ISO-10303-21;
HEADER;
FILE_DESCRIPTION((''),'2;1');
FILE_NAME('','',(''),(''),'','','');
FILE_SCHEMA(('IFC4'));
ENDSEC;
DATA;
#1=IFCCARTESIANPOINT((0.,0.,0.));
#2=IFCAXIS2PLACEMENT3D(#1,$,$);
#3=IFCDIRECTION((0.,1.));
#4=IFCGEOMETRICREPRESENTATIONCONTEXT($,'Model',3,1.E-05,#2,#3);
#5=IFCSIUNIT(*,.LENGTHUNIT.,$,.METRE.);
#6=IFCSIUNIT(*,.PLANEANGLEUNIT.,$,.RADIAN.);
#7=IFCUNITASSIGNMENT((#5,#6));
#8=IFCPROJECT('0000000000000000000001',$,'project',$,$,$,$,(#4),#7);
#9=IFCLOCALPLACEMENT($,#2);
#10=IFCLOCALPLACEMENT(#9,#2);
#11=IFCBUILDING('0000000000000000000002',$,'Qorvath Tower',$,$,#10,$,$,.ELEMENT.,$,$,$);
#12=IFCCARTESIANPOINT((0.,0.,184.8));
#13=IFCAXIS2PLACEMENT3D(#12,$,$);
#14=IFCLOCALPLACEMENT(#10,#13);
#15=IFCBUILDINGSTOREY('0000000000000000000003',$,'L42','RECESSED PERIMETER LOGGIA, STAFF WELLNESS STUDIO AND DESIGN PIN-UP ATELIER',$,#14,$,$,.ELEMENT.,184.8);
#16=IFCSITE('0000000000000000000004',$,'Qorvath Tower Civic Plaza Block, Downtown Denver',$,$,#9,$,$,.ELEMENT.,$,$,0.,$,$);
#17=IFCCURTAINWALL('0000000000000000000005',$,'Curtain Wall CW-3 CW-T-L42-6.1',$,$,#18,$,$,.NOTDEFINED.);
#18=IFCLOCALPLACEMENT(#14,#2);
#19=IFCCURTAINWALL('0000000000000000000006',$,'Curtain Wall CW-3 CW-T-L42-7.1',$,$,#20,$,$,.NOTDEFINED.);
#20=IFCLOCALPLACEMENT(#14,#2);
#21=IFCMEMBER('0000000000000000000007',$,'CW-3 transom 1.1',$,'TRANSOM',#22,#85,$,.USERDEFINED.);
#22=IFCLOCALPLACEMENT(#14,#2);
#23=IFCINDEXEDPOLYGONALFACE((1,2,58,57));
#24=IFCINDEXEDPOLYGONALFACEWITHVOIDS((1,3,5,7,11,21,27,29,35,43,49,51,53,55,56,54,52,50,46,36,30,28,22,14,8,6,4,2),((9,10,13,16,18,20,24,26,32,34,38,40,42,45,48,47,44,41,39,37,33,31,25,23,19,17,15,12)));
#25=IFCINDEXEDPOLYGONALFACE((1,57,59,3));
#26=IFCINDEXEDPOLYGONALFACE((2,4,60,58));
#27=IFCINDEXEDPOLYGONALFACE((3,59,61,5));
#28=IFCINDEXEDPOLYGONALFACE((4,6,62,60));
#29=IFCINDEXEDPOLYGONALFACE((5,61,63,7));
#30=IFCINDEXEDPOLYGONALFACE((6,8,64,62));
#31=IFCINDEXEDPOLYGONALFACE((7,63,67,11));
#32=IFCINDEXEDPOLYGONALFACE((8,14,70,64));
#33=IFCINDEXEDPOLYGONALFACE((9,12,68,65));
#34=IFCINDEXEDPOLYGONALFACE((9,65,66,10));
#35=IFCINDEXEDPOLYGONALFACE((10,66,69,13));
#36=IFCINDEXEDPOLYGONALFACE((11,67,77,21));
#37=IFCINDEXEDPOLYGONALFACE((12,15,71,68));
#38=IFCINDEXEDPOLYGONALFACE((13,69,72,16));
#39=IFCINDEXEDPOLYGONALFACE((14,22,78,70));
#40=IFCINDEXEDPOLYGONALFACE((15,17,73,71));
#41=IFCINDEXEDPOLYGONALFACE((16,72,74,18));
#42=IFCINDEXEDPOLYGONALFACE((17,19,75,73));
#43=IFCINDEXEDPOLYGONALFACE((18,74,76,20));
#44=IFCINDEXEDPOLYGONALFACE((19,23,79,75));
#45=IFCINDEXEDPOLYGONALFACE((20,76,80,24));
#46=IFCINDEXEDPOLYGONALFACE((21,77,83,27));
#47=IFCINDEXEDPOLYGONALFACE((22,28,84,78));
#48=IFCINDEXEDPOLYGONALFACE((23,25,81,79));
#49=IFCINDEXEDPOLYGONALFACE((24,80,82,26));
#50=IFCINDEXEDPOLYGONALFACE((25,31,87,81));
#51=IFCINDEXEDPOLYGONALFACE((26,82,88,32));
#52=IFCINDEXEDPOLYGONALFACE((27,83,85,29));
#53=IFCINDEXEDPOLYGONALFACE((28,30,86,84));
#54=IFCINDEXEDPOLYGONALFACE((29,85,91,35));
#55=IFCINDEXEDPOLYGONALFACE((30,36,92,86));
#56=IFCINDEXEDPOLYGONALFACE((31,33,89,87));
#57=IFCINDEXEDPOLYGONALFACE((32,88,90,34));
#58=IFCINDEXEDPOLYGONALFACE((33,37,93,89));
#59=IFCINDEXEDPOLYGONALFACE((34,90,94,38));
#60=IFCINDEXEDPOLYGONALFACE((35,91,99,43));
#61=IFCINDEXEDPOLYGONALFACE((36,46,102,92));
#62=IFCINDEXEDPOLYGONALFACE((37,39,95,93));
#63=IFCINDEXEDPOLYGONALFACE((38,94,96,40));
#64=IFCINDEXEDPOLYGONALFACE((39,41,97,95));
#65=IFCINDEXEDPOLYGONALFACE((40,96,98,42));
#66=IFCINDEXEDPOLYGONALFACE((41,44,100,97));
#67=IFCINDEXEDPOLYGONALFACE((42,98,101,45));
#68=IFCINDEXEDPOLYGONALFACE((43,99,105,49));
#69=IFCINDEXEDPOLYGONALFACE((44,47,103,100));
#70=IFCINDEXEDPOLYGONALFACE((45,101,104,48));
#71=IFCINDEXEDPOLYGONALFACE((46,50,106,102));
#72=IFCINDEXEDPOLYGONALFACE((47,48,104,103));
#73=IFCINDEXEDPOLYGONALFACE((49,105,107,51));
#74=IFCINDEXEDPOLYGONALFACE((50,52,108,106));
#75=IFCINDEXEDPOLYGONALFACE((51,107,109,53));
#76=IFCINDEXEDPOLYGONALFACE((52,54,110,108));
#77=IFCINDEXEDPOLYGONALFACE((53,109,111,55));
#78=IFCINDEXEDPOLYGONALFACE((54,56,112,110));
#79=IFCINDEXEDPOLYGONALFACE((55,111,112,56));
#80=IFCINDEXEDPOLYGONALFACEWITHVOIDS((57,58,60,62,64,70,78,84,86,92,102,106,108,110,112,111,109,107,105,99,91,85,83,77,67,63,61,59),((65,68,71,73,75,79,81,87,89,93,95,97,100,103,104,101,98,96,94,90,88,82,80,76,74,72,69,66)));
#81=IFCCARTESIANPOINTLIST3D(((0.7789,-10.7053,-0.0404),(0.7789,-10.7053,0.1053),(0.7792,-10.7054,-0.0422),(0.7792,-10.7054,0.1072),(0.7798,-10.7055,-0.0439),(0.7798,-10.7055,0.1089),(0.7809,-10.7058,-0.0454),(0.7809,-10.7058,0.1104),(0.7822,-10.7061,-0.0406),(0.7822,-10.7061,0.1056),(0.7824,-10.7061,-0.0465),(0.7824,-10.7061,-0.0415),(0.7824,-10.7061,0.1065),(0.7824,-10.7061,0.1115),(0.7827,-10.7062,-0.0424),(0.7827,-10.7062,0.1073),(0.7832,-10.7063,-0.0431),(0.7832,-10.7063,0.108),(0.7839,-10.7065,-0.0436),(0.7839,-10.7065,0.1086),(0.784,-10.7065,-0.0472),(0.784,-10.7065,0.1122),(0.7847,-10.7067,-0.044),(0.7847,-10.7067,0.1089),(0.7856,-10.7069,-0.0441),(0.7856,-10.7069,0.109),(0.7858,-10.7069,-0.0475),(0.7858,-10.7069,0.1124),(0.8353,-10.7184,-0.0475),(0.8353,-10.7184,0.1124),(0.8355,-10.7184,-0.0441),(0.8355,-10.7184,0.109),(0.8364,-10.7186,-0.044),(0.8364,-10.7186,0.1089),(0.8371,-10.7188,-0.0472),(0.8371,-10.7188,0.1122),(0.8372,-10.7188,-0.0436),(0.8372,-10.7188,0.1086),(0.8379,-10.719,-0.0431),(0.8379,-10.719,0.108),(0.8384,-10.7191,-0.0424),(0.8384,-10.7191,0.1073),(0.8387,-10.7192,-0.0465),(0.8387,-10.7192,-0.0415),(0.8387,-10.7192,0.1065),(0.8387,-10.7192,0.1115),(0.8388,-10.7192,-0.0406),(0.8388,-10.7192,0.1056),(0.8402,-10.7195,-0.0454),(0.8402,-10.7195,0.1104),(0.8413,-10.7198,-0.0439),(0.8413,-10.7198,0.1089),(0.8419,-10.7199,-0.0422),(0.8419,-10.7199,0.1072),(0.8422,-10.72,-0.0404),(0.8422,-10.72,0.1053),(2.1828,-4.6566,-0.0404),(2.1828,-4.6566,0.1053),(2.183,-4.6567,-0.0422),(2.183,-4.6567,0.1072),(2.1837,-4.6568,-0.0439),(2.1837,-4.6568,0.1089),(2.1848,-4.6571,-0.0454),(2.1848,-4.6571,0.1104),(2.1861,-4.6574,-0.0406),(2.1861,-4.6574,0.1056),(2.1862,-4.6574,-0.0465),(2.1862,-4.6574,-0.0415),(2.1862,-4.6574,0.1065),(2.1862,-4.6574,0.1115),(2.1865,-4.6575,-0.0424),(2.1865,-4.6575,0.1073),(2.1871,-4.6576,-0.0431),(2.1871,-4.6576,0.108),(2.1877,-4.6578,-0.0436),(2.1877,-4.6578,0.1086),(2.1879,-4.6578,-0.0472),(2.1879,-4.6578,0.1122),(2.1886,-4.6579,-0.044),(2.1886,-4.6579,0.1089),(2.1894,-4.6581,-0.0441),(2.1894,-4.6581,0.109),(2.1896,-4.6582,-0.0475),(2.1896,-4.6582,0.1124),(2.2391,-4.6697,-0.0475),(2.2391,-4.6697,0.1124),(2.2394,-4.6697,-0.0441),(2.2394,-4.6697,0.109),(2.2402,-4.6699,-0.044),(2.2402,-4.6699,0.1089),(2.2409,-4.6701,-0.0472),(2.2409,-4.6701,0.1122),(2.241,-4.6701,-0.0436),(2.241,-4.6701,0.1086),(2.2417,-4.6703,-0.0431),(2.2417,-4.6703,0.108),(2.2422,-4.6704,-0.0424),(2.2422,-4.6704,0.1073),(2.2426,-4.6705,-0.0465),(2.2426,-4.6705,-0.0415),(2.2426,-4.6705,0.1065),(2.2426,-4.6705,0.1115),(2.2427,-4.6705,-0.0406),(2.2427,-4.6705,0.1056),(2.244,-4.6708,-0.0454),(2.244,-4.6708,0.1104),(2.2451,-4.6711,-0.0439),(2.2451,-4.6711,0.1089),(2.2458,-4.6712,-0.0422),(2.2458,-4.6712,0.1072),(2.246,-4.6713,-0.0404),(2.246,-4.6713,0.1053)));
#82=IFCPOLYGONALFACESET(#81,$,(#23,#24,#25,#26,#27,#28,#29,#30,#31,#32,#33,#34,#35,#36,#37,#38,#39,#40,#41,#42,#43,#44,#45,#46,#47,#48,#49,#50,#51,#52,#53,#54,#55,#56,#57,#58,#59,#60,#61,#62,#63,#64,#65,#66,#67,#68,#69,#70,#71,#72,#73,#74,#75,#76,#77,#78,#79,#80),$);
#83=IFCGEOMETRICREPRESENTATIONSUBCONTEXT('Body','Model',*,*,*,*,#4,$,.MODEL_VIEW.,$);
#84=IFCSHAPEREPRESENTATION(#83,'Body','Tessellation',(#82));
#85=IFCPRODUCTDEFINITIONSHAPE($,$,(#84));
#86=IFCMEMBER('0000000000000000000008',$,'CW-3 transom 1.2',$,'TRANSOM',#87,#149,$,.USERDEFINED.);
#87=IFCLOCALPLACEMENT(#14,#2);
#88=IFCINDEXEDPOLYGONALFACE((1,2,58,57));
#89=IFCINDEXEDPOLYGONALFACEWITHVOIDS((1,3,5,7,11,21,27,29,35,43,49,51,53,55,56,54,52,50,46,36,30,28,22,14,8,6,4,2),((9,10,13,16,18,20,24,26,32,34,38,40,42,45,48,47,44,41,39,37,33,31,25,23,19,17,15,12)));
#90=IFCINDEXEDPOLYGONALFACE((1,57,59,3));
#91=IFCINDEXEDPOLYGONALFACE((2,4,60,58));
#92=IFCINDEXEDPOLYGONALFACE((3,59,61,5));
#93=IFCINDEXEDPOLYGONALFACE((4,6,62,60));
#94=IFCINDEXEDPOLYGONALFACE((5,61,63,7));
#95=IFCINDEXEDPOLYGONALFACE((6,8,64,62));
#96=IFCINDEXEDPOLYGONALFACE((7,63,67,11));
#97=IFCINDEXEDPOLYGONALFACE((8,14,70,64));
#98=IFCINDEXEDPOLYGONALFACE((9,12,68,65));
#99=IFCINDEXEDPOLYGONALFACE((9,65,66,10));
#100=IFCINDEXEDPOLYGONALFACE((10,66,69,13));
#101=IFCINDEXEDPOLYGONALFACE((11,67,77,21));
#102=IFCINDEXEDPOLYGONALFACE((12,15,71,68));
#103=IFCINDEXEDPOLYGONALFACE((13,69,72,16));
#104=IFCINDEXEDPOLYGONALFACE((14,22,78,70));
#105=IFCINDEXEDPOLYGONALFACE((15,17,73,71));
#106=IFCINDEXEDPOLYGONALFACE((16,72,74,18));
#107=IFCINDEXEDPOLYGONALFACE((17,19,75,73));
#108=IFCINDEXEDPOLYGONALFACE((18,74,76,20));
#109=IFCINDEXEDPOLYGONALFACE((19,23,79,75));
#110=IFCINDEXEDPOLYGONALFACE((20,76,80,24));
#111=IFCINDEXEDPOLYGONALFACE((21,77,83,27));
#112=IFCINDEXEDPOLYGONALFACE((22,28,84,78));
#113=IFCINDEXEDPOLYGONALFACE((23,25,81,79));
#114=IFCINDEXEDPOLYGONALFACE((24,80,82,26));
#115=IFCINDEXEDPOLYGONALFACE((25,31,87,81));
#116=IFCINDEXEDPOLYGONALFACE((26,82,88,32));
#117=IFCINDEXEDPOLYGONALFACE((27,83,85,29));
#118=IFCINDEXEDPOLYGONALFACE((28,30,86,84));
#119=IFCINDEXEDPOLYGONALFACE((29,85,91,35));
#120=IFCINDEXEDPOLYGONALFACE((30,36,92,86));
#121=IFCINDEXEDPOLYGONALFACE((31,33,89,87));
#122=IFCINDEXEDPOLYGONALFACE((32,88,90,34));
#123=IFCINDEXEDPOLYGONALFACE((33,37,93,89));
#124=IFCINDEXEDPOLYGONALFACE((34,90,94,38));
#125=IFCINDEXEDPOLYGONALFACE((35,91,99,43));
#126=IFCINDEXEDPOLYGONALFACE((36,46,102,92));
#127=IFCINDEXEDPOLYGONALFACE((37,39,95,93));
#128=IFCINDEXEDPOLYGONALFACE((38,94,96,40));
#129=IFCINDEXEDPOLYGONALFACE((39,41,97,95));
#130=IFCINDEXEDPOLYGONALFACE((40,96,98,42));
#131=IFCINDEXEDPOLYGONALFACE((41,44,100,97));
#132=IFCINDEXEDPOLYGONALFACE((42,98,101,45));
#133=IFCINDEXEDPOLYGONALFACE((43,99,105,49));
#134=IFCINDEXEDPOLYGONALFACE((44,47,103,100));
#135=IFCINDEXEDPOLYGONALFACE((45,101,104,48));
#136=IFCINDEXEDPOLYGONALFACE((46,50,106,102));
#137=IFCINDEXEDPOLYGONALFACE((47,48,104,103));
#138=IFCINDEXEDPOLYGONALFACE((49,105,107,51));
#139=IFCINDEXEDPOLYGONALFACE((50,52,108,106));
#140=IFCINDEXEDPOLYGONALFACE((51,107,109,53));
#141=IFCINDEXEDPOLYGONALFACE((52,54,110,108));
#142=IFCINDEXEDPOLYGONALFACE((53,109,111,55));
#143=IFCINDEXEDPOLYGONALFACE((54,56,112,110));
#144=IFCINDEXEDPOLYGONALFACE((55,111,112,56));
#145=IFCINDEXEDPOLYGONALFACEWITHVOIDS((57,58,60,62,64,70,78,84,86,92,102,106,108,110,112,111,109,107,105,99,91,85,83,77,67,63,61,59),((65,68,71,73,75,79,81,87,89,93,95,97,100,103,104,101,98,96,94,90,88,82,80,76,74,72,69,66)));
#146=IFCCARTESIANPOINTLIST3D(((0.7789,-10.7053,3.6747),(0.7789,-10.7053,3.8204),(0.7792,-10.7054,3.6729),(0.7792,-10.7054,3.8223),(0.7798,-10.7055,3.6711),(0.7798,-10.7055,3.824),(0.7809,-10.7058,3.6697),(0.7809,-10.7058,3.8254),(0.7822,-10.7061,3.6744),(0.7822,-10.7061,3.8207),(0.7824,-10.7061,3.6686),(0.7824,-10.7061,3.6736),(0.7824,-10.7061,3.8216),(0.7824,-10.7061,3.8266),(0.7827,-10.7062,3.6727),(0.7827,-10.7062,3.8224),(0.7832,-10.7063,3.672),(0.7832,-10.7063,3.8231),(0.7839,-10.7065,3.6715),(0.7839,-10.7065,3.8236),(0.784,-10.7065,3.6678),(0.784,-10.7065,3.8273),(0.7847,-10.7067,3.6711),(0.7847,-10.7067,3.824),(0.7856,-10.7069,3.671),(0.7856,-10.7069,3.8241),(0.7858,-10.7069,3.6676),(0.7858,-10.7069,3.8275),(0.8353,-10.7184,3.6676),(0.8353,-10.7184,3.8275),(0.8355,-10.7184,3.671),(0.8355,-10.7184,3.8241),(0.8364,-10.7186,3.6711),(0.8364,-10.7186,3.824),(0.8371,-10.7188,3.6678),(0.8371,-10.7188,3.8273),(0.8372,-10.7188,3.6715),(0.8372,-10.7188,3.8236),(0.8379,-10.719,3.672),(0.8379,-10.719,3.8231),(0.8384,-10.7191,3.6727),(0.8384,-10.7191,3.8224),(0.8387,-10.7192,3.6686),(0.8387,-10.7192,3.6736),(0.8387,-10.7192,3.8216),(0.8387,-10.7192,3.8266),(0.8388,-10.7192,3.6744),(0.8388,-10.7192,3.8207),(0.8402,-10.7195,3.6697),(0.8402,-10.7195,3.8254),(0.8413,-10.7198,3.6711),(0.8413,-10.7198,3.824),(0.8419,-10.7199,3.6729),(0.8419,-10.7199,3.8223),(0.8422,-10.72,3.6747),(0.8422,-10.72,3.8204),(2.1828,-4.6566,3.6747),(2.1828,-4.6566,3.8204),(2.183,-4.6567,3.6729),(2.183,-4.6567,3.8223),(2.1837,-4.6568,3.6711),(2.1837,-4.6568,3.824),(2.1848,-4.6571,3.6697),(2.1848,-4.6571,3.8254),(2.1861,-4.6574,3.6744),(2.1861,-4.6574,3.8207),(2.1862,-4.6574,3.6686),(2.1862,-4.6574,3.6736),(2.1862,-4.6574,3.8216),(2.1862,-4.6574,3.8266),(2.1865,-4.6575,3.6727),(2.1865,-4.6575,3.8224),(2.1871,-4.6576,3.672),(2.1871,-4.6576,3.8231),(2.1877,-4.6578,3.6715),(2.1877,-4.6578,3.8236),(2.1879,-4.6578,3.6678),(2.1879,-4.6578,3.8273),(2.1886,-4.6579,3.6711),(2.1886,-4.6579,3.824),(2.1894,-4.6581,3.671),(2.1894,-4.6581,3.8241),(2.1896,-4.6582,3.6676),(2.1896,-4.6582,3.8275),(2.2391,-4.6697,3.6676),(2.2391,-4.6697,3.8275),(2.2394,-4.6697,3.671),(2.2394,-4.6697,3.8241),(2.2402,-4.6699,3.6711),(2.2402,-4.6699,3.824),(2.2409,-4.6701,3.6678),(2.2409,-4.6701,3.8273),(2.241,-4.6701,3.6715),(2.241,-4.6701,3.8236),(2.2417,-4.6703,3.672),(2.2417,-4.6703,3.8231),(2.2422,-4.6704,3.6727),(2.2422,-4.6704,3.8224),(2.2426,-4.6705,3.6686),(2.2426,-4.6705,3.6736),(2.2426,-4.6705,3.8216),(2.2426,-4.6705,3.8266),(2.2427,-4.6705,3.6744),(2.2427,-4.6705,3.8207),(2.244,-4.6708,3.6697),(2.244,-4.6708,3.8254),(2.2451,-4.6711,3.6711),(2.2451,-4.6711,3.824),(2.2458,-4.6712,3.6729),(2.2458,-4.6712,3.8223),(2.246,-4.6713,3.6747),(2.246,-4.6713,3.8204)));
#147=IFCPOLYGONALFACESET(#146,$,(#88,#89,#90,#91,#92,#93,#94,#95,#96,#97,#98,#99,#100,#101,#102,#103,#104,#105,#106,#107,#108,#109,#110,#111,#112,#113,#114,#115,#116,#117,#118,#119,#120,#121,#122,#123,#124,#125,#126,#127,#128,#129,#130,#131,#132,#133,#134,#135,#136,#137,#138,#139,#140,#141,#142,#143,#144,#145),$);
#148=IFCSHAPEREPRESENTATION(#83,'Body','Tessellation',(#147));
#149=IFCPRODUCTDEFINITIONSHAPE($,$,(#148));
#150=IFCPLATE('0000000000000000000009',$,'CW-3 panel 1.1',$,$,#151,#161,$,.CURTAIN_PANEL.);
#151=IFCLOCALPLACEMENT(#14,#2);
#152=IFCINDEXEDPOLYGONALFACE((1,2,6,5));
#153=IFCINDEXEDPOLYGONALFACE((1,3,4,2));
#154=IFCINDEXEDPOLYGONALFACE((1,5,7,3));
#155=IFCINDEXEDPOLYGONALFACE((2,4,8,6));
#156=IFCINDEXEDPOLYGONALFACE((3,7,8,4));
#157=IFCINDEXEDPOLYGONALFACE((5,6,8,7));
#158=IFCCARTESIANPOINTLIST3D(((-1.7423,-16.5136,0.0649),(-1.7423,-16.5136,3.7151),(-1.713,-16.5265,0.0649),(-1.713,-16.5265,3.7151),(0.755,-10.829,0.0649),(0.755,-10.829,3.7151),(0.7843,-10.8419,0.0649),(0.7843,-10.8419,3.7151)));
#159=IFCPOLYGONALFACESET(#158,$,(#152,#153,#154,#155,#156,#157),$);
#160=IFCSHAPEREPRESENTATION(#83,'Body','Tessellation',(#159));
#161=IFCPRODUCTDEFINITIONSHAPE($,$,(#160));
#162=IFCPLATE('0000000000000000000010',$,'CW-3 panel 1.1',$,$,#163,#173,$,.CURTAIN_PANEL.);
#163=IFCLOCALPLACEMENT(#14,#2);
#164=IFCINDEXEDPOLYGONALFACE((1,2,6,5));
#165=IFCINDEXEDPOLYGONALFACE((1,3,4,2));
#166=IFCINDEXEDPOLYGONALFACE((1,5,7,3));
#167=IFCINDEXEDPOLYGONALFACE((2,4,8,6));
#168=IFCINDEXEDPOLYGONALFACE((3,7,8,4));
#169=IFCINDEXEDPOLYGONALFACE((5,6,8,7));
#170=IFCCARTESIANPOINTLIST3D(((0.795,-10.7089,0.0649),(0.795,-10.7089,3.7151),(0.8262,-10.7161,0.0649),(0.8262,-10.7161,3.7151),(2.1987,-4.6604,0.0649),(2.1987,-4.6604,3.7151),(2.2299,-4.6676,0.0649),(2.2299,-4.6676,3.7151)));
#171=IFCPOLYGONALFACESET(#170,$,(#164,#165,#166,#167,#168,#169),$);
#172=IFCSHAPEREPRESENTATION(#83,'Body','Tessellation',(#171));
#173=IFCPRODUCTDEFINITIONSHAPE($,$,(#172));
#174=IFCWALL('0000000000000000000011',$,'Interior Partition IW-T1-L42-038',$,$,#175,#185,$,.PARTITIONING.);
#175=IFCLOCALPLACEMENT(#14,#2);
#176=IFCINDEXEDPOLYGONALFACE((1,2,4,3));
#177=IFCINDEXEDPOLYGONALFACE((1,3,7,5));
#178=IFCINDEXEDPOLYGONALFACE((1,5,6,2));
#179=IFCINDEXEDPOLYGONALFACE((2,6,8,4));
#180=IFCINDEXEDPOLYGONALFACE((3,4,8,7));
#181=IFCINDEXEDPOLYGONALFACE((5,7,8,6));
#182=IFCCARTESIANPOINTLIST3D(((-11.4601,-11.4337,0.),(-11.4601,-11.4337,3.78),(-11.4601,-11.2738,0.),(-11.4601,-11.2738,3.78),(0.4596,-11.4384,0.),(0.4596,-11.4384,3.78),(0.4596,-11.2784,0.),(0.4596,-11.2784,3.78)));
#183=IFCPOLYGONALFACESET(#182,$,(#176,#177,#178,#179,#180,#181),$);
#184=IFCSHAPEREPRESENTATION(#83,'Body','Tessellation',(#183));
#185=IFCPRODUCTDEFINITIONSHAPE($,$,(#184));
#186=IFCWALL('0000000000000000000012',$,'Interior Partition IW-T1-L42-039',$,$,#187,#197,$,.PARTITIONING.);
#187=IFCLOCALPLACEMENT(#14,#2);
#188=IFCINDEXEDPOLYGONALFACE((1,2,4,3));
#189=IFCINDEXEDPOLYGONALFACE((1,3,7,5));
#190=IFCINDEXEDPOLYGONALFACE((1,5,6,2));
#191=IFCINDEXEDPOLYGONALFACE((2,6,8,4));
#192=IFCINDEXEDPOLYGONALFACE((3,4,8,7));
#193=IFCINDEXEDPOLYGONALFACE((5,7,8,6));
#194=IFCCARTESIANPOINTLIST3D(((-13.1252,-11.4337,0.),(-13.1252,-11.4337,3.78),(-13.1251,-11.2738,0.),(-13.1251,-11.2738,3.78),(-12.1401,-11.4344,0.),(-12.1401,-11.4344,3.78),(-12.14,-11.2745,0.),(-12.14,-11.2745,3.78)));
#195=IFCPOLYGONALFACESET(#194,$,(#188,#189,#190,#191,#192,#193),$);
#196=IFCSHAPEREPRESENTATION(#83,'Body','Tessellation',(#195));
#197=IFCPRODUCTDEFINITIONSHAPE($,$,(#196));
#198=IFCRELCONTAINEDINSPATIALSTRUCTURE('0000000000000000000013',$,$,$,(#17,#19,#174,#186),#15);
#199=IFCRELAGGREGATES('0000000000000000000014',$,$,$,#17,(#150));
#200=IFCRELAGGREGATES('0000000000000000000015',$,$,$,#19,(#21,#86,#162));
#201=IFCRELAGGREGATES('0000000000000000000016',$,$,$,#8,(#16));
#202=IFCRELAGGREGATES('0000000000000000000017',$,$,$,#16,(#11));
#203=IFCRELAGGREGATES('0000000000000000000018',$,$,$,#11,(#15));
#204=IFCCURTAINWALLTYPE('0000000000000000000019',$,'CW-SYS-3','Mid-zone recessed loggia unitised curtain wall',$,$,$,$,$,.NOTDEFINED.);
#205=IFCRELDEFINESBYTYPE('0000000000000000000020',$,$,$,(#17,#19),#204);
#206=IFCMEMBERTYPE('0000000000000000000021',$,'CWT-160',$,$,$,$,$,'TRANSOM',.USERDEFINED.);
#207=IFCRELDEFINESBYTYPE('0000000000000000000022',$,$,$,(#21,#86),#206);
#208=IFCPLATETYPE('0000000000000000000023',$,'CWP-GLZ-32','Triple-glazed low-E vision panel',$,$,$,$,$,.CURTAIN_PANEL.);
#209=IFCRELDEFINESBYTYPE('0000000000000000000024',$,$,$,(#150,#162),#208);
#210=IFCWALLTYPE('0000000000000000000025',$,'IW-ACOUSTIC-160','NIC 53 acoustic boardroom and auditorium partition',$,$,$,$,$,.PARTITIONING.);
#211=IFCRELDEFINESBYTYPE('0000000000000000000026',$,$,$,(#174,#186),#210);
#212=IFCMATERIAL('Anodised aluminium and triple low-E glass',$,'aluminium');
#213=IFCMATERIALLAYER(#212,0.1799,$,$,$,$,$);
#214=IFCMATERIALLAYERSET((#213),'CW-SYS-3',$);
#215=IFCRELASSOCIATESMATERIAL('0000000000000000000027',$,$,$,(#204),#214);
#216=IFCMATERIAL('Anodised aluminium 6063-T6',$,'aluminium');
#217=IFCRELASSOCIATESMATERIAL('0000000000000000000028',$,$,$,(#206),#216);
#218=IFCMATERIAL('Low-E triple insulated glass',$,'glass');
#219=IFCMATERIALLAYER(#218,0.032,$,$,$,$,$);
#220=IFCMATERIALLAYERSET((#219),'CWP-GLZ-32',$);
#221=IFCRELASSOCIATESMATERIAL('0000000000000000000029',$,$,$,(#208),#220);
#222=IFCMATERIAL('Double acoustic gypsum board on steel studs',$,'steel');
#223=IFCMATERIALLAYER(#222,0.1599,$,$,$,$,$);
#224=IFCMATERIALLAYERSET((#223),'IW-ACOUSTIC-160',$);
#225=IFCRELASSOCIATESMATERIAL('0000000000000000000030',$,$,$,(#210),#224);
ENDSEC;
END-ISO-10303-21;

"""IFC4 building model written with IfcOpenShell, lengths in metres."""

from ifc_helpers import new_model, si_unit, direction, frame, frame_2d, origin, origin_2d, place, context, subcontext, project, spatial, rectangle, hollow_rectangle, extrude, material, layer, layer_set, material_profile, profile_set, type_object, element, aggregate, save


model = new_model("IFC4")

# Units and contexts
model_context = context("Model", 3, precision=1e-05, world=origin(), true_north=direction((0.0, 1.0)))
body_context = subcontext(model_context, "Body", "Model", "MODEL_VIEW")
ifc_project = project(units=[si_unit("LENGTHUNIT", "METRE"), si_unit("PLANEANGLEUNIT", "RADIAN")], contexts=[model_context])

# Site, building, storey
site_placement = place(None, origin())
site = spatial("IfcSite", under=ifc_project, at=site_placement, Name="Qorvath Tower Civic Plaza Block, Downtown Denver", CompositionType="ELEMENT", RefElevation=0.0)
building_placement = place(site_placement, origin())
building = spatial("IfcBuilding", under=site, at=building_placement, Name="Qorvath Tower", CompositionType="ELEMENT")
storey_placement = place(building_placement, frame((0.0, 0.0, 184.8)))
storey = spatial("IfcBuildingStorey", under=building, at=storey_placement, Name="L42", Description="RECESSED PERIMETER LOGGIA, STAFF WELLNESS STUDIO AND DESIGN PIN-UP ATELIER", CompositionType="ELEMENT", Elevation=184.8)

# Curtain wall
ifc_material_1 = material(Name="Anodised aluminium and triple low-E glass", Category="aluminium")
ifc_layer_1 = layer(ifc_material_1, 0.1799)
ifc_layer_set_1 = layer_set([ifc_layer_1], Name="CW-SYS-3")
curtain_wall_type = type_object("IfcCurtainWallType", Name="CW-SYS-3", Description="Mid-zone recessed loggia unitised curtain wall", PredefinedType="NOTDEFINED", material=ifc_layer_set_1)
curtain_wall_1_placement = place(storey_placement, origin())
curtain_wall_1 = element("IfcCurtainWall", 1, at=curtain_wall_1_placement, inside=storey, type_object=curtain_wall_type, Name="Curtain Wall CW-3 CW-T-L42-6.1", PredefinedType="NOTDEFINED")

# Curtain wall
curtain_wall_2_placement = place(storey_placement, origin())
curtain_wall_2 = element("IfcCurtainWall", 2, at=curtain_wall_2_placement, inside=storey, type_object=curtain_wall_type, Name="Curtain Wall CW-3 CW-T-L42-7.1", PredefinedType="NOTDEFINED")

# Members
ifc_material_2 = material(Name="Anodised aluminium 6063-T6", Category="aluminium")
ifc_material_profile_1 = material_profile(ifc_material_2, hollow_rectangle(XDim=0.0649, YDim=0.1599, WallThickness=0.0034, InnerFilletRadius=0.0034, OuterFilletRadius=0.0071, at=origin_2d()), Name="CWT 160x65")
ifc_profile_set_1 = profile_set([ifc_material_profile_1], Name="Anodised aluminium 6063-T6")
member_type_1 = type_object("IfcMemberType", Name="CWT-160", ElementType="TRANSOM", PredefinedType="USERDEFINED", material=ifc_profile_set_1)
member_1_placement = place(storey_placement, frame((0.8105, -10.7126, 0.0325), z_axis=(0.22608, 0.974109, 0.0), x_axis=(-0.974109, 0.22608, 0.0)))
member_1 = element("IfcMember", 3, at=member_1_placement, type_object=member_type_1, Name="CW-3 transom 1.1", ObjectType="TRANSOM", PredefinedType="USERDEFINED", context=body_context, shape_type="SweptSolid", body=[
    extrude(hollow_rectangle(XDim=0.0649, YDim=0.1599, WallThickness=0.0034, InnerFilletRadius=0.0034, OuterFilletRadius=0.0071, at=origin_2d()), origin(), (0.0, 0.0, 1.0), 6.2095),
])
member_2_placement = place(storey_placement, frame((0.8105, -10.7126, 3.7476), z_axis=(0.22608, 0.974109, 0.0), x_axis=(-0.974109, 0.22608, 0.0)))
member_2 = element("IfcMember", 4, at=member_2_placement, type_object=member_type_1, Name="CW-3 transom 1.2", ObjectType="TRANSOM", PredefinedType="USERDEFINED", context=body_context, shape_type="SweptSolid", body=[
    extrude(hollow_rectangle(XDim=0.0649, YDim=0.1599, WallThickness=0.0034, InnerFilletRadius=0.0034, OuterFilletRadius=0.0071, at=origin_2d()), origin(), (0.0, 0.0, 1.0), 6.2095),
])

# Plates
ifc_material_3 = material(Name="Low-E triple insulated glass", Category="glass")
ifc_layer_2 = layer(ifc_material_3, 0.032)
ifc_layer_set_2 = layer_set([ifc_layer_2], Name="CWP-GLZ-32")
plate_type = type_object("IfcPlateType", Name="CWP-GLZ-32", Description="Triple-glazed low-E vision panel", PredefinedType="CURTAIN_PANEL", material=ifc_layer_set_2)
plate_1_placement = place(storey_placement, frame((-0.479, -13.6777, 0.0649), z_axis=(0.0, 0.0, 1.0), x_axis=(0.402206, 0.915549, 0.0)))
plate_1 = element("IfcPlate", 5, at=plate_1_placement, type_object=plate_type, Name="CW-3 panel 1.1", PredefinedType="CURTAIN_PANEL", context=body_context, shape_type="SweptSolid", body=[
    extrude(rectangle(XDim=6.209, YDim=0.032, at=origin_2d()), origin(), (0.0, 0.0, 1.0), 3.6501),
])
aggregate(curtain_wall_1, [plate_1])
plate_2_placement = place(storey_placement, frame((1.5125, -7.6882, 0.0649), z_axis=(0.0, 0.0, 1.0), x_axis=(0.226069, 0.974111, 0.0)))
plate_2 = element("IfcPlate", 6, at=plate_2_placement, type_object=plate_type, Name="CW-3 panel 1.1", PredefinedType="CURTAIN_PANEL", context=body_context, shape_type="SweptSolid", body=[
    extrude(rectangle(XDim=6.2092, YDim=0.032, at=origin_2d()), origin(), (0.0, 0.0, 1.0), 3.6501),
])
aggregate(curtain_wall_2, [member_1, member_2, plate_2])

# Walls
ifc_material_4 = material(Name="Double acoustic gypsum board on steel studs", Category="steel")
ifc_layer_3 = layer(ifc_material_4, 0.1599)
ifc_layer_set_3 = layer_set([ifc_layer_3], Name="IW-ACOUSTIC-160")
wall_type_1 = type_object("IfcWallType", Name="IW-ACOUSTIC-160", Description="NIC 53 acoustic boardroom and auditorium partition", PredefinedType="PARTITIONING", material=ifc_layer_set_3)
wall_1_placement = place(storey_placement, frame((0.4597, -11.3584, 0.0), z_axis=(0.0, 0.0, 1.0), x_axis=(-1.0, 0.000389, 0.0)))
element("IfcWall", 7, at=wall_1_placement, inside=storey, type_object=wall_type_1, Name="Interior Partition IW-T1-L42-038", PredefinedType="PARTITIONING", context=body_context, shape_type="SweptSolid", body=[
    extrude(rectangle(XDim=11.9197, YDim=0.1599, at=frame_2d((5.96, 0.0))), origin(), (0.0, 0.0, 1.0), 3.78),
])
wall_2_placement = place(storey_placement, frame((-12.1399, -11.3545, 0.0), z_axis=(0.0, 0.0, 1.0), x_axis=(-1.0, 0.000743, 0.0)))
element("IfcWall", 8, at=wall_2_placement, inside=storey, type_object=wall_type_1, Name="Interior Partition IW-T1-L42-039", PredefinedType="PARTITIONING", context=body_context, shape_type="SweptSolid", body=[
    extrude(rectangle(XDim=0.9851, YDim=0.1599, at=frame_2d((0.4927, 0.0))), origin(), (0.0, 0.0, 1.0), 3.78),
])

save(model, "model.ifc")
